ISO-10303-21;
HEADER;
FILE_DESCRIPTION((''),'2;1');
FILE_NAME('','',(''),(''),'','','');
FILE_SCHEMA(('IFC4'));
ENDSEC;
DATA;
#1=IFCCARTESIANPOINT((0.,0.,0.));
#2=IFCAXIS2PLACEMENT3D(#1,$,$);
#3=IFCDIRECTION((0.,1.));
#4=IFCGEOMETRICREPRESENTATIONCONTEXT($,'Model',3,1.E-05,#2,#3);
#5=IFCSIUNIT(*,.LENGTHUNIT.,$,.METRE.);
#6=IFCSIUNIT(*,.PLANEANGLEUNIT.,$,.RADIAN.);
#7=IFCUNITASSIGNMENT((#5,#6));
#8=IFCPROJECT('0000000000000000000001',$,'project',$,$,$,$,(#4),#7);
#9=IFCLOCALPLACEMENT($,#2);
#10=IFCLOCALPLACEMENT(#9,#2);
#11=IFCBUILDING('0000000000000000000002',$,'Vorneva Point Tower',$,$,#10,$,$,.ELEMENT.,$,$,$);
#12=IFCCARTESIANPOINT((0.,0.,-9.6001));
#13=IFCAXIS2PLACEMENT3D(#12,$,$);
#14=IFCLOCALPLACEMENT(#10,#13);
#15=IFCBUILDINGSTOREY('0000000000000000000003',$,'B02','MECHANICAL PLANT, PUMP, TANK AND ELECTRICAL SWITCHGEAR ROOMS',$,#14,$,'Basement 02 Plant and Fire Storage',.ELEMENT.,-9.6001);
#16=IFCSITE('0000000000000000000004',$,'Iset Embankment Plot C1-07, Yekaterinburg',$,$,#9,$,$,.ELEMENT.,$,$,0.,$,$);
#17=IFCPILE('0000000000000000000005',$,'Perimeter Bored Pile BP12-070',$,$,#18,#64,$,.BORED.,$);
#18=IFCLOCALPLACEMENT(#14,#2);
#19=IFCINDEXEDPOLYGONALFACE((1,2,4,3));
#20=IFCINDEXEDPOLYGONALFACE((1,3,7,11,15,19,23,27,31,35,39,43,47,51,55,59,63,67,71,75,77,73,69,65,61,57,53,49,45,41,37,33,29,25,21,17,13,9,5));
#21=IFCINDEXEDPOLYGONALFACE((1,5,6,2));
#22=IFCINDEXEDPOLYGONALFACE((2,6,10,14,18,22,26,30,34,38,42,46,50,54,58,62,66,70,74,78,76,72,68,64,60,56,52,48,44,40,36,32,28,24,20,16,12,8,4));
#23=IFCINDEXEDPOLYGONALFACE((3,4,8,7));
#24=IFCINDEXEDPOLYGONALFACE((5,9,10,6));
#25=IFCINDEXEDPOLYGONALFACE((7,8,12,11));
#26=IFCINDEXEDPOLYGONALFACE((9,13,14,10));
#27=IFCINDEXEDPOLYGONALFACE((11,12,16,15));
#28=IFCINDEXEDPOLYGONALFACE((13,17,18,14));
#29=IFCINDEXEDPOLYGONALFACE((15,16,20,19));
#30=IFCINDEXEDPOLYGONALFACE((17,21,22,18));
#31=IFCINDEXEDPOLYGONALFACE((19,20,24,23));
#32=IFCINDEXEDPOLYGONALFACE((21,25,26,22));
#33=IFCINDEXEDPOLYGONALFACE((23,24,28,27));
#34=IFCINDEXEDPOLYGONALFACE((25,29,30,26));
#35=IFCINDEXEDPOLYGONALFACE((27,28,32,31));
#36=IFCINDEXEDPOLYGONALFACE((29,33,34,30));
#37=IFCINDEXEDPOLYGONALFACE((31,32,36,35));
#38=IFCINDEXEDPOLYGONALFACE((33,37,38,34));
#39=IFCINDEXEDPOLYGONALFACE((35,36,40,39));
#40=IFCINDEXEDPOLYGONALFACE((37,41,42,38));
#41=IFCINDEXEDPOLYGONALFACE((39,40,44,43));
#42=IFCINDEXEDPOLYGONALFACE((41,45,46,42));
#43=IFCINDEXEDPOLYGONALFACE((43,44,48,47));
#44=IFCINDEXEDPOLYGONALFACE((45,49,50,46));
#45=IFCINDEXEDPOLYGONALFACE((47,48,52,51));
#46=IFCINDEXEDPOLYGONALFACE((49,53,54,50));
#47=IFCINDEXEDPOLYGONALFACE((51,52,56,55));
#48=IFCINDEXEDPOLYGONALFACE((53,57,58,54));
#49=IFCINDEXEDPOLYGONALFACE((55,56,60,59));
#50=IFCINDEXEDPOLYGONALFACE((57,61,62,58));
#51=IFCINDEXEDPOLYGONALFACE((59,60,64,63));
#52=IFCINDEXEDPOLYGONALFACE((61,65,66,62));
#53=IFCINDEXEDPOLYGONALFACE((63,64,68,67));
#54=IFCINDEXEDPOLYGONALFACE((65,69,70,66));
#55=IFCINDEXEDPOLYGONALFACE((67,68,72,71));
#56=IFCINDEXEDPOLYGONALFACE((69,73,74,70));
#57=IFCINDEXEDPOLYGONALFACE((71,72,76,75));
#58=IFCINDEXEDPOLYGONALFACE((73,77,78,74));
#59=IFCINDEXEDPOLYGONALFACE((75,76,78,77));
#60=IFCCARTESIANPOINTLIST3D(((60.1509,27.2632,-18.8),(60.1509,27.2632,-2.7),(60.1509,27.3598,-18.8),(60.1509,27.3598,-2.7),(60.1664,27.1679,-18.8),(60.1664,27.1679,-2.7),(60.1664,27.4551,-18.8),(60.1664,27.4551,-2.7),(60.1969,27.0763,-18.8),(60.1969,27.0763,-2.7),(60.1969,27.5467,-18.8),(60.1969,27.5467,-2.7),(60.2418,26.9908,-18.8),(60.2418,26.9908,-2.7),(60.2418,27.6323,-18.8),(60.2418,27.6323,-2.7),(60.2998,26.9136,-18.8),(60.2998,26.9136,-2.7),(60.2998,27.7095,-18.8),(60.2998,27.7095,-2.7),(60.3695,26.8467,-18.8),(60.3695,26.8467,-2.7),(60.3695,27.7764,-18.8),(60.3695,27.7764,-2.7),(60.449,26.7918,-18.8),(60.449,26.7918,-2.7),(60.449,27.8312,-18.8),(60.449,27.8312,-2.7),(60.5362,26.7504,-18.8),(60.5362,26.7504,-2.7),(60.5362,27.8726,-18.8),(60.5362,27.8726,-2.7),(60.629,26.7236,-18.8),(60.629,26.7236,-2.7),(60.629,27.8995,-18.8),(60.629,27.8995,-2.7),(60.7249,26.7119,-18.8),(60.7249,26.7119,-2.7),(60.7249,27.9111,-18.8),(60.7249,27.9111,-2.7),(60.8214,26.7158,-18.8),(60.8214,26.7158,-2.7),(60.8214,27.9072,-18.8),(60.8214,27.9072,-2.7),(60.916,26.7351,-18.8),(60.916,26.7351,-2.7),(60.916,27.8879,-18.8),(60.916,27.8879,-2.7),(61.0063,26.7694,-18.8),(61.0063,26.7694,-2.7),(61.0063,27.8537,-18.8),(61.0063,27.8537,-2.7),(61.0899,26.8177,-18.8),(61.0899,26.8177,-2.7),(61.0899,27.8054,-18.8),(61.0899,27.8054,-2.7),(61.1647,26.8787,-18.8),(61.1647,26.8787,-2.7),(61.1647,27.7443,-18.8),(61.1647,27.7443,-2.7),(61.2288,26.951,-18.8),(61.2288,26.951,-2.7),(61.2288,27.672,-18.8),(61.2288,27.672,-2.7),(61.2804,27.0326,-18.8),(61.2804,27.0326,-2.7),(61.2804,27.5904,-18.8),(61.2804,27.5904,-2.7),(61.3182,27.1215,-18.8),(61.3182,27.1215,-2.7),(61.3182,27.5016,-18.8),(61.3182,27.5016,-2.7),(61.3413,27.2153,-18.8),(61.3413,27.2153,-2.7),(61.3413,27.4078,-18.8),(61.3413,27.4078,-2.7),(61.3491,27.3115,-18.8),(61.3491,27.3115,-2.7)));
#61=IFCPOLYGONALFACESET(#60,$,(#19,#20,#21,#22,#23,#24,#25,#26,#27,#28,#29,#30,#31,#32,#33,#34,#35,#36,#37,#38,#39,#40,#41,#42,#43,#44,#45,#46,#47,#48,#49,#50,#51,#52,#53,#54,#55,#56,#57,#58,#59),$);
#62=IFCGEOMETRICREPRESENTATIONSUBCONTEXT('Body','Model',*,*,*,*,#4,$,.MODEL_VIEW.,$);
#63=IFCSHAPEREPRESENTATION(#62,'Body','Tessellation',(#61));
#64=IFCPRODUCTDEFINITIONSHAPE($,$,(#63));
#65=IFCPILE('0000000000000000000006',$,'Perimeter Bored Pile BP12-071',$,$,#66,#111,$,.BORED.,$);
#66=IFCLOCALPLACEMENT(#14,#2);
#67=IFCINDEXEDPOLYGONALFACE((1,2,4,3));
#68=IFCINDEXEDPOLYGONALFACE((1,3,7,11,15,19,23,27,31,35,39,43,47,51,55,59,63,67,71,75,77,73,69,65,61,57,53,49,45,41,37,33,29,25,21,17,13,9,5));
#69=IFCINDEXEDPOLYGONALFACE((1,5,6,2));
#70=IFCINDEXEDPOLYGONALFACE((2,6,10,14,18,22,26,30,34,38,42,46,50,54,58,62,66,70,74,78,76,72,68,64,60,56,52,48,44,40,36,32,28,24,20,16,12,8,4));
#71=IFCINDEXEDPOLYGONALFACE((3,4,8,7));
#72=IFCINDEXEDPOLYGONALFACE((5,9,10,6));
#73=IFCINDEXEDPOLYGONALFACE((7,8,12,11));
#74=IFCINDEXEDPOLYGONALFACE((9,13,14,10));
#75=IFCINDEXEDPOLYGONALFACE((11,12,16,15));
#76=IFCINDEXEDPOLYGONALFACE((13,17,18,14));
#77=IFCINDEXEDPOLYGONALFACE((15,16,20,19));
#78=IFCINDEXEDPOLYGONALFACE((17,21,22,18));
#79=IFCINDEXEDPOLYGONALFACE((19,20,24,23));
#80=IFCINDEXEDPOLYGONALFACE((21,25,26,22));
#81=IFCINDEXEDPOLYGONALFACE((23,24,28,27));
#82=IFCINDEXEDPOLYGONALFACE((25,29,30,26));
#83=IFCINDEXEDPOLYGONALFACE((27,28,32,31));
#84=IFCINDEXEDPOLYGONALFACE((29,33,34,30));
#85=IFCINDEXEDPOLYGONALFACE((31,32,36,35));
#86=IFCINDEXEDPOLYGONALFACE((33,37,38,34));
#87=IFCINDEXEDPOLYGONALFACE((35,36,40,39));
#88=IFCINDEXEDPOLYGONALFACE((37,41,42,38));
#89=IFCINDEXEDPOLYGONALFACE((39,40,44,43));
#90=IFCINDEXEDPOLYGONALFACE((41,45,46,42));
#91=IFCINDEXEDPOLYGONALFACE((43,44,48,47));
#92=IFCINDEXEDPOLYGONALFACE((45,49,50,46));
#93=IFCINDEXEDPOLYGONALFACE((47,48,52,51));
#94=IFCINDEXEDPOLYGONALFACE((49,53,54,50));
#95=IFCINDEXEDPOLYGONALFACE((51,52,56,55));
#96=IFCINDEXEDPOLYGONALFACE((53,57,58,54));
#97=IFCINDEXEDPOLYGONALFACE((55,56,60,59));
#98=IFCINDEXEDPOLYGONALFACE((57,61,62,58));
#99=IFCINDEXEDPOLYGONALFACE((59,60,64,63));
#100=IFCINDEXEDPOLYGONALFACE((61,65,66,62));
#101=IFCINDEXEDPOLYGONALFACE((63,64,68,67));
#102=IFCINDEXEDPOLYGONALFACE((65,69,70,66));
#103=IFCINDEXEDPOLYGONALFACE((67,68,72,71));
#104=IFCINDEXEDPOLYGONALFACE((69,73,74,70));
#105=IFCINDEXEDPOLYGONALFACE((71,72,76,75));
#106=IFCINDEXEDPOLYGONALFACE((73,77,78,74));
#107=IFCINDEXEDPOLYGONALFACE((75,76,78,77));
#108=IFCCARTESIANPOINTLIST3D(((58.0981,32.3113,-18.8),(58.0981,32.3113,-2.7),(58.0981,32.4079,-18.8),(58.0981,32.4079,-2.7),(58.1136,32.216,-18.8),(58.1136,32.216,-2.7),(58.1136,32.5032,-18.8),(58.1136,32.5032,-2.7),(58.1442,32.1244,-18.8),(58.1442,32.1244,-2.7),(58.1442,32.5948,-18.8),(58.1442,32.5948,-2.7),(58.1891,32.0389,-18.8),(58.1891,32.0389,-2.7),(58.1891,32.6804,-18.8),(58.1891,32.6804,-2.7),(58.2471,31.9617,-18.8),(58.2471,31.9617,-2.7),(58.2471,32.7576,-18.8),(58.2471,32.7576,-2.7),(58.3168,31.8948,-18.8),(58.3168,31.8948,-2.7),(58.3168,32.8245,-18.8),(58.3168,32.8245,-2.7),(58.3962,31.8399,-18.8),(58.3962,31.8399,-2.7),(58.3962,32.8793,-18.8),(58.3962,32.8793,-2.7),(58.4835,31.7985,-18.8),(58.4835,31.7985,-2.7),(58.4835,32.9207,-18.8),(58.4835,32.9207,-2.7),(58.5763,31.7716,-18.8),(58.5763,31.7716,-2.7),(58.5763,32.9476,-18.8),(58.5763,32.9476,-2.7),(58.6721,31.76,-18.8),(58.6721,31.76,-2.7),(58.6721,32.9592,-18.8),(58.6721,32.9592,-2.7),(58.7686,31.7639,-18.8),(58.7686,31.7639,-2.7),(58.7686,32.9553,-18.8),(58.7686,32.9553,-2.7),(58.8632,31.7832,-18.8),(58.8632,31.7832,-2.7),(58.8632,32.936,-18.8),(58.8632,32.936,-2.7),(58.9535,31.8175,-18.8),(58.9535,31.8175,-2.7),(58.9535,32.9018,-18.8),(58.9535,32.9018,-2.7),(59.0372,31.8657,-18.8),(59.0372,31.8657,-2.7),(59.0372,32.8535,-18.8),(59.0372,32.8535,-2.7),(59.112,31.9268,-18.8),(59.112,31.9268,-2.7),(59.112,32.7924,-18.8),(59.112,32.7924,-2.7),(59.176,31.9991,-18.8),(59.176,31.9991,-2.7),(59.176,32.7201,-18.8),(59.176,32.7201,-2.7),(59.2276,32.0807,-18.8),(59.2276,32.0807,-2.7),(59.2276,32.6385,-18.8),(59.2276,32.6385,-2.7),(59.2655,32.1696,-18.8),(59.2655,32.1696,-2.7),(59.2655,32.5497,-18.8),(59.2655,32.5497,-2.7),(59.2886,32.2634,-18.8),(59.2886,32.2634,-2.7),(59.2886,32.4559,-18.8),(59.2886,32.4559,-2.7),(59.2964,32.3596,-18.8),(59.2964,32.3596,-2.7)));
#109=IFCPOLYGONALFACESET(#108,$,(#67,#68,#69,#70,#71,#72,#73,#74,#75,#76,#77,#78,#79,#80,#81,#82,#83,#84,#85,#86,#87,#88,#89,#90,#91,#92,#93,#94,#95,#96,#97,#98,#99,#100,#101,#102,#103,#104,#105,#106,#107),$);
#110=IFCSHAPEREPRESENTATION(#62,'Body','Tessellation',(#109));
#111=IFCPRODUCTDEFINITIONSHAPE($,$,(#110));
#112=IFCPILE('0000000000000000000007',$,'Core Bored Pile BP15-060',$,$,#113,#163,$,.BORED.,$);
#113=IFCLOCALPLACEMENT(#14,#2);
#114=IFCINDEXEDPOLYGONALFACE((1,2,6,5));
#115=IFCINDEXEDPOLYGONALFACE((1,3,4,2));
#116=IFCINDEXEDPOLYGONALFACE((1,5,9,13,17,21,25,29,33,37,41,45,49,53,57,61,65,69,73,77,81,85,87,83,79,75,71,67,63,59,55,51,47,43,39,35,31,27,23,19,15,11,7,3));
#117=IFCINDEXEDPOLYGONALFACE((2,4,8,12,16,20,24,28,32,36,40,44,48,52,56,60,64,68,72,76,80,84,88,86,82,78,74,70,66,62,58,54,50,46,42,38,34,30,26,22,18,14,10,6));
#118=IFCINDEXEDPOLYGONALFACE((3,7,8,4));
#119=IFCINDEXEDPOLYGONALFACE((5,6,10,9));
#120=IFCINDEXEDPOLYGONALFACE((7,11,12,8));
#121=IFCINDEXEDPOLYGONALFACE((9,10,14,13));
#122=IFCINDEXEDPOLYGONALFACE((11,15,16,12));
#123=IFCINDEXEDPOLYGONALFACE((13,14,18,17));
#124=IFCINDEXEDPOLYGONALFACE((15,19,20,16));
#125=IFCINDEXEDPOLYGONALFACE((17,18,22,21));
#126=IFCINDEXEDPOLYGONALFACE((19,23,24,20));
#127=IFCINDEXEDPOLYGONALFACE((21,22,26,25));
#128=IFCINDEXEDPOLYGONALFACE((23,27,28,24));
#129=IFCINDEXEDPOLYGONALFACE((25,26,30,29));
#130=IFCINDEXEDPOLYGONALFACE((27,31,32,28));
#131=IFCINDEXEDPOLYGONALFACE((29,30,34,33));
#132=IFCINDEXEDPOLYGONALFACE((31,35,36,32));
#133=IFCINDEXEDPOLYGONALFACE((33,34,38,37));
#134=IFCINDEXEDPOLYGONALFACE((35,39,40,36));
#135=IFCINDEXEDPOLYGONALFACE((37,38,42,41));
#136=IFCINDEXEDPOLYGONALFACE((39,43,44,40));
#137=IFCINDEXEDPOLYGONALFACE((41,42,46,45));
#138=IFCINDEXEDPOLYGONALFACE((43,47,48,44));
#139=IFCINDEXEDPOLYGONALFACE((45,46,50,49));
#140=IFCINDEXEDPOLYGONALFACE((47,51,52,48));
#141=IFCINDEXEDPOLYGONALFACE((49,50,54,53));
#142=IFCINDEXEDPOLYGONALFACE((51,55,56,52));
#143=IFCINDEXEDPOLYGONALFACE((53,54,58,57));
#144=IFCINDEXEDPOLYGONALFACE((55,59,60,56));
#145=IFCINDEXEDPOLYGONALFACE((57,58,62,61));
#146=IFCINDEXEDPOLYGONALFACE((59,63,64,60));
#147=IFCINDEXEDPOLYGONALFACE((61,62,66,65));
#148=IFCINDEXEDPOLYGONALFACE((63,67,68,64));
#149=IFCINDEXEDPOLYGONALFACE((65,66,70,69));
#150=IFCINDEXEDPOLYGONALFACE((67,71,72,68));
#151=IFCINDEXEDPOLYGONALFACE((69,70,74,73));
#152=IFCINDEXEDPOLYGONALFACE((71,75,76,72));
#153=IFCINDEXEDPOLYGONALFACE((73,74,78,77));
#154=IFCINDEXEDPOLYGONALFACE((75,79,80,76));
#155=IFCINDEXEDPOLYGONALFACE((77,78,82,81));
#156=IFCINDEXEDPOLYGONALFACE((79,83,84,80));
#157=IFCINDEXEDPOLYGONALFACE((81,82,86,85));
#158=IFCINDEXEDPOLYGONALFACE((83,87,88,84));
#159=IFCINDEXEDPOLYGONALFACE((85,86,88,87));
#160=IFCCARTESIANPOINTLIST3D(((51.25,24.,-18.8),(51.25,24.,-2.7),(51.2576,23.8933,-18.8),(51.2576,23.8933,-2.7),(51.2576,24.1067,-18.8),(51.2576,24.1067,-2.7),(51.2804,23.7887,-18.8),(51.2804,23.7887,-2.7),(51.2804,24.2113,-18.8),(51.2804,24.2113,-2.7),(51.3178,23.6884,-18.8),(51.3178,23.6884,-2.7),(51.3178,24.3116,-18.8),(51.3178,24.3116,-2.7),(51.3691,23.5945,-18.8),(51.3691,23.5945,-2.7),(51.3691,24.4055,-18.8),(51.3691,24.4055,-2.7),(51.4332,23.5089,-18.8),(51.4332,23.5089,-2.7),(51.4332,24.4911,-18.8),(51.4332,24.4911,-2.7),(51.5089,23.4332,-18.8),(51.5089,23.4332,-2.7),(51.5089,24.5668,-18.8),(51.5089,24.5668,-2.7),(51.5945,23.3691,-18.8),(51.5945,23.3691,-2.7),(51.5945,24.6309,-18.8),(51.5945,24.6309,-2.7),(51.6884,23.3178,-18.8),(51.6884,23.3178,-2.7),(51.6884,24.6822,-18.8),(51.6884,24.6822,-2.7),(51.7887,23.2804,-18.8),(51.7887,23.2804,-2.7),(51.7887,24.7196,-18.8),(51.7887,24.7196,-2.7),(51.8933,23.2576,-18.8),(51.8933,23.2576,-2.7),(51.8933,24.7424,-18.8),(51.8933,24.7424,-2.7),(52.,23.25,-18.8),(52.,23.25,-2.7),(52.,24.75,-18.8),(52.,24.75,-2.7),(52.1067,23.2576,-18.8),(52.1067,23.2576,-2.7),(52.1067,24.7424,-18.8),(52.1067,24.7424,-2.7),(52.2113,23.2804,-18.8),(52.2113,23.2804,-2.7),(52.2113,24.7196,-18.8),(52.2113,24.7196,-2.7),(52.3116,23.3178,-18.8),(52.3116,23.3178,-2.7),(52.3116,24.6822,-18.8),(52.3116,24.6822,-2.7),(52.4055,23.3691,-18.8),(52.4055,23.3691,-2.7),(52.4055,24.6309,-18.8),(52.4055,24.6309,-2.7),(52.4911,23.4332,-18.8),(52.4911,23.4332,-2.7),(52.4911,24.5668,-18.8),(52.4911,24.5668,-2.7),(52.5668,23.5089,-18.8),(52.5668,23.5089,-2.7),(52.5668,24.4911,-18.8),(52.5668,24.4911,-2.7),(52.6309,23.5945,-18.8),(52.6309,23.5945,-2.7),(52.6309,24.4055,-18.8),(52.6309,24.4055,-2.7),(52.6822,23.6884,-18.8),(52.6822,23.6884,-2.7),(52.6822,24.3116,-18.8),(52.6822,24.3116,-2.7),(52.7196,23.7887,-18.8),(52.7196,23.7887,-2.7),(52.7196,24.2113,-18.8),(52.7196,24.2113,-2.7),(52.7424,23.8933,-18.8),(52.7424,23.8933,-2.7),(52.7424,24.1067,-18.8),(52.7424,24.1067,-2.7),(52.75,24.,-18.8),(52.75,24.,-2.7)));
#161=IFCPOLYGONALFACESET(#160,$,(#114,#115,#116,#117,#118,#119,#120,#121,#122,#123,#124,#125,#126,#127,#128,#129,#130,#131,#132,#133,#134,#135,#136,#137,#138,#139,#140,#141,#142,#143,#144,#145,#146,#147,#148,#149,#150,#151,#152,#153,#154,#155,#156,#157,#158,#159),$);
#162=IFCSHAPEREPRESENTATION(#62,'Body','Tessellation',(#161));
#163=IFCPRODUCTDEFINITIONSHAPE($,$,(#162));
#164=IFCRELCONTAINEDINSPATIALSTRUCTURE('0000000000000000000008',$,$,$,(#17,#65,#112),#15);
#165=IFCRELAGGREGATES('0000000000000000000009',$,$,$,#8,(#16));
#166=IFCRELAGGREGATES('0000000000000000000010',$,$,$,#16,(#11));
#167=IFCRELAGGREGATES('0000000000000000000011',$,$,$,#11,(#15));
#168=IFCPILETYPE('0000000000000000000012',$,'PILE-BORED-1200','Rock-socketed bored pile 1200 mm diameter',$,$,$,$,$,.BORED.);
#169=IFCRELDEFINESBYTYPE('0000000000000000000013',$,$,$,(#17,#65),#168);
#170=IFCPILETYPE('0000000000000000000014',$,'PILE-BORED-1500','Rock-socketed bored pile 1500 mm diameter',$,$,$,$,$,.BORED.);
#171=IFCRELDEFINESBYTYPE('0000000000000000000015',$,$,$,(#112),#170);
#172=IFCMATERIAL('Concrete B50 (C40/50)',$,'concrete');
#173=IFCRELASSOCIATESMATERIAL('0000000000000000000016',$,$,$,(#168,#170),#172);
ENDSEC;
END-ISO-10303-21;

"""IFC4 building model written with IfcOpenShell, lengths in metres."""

from ifc_helpers import new_model, si_unit, direction, frame, origin, origin_2d, place, context, subcontext, project, spatial, circle, extrude, material, material_profile, profile_set, type_object, element, save


model = new_model("IFC4")

# Units and contexts
model_context = context("Model", 3, precision=1e-05, world=origin(), true_north=direction((0.0, 1.0)))
body_context = subcontext(model_context, "Body", "Model", "MODEL_VIEW")
ifc_project = project(units=[si_unit("LENGTHUNIT", "METRE"), si_unit("PLANEANGLEUNIT", "RADIAN")], contexts=[model_context])

# Site, building, storey
site_placement = place(None, origin())
site = spatial("IfcSite", under=ifc_project, at=site_placement, Name="Iset Embankment Plot C1-07, Yekaterinburg", CompositionType="ELEMENT", RefElevation=0.0)
building_placement = place(site_placement, origin())
building = spatial("IfcBuilding", under=site, at=building_placement, Name="Vorneva Point Tower", CompositionType="ELEMENT")
storey_placement = place(building_placement, frame((0.0, 0.0, -9.6001)))
storey = spatial("IfcBuildingStorey", under=building, at=storey_placement, Name="B02", Description="MECHANICAL PLANT, PUMP, TANK AND ELECTRICAL SWITCHGEAR ROOMS", LongName="Basement 02 Plant and Fire Storage", CompositionType="ELEMENT", Elevation=-9.6001)

# Piles
ifc_material_1 = material(Name="Concrete B50 (C40/50)", Category="concrete")
ifc_material_profile_1 = material_profile(ifc_material_1, circle(Radius=0.6001, at=origin_2d()), Name="PILE-1200")
ifc_profile_set_1 = profile_set([ifc_material_profile_1], Name="Concrete B50 (C40/50)")
pile_type_1 = type_object("IfcPileType", Name="PILE-BORED-1200", Description="Rock-socketed bored pile 1200 mm diameter", PredefinedType="BORED", material=ifc_profile_set_1)
for number, where, z_axis, x_axis, name in (
    (1, (60.749, 27.3115, -2.7), (0.0, 0.0, -1.0), (1.0, 0.0, 0.0), "Perimeter Bored Pile BP12-070"),
    (2, (58.6963, 32.3596, -2.7), (0.0, 0.0, -1.0), (1.0, 0.0, 0.0), "Perimeter Bored Pile BP12-071"),
):
    element("IfcPile", number, at=place(storey_placement, frame(where, z_axis=z_axis, x_axis=x_axis)), inside=storey, type_object=pile_type_1, Name=name, PredefinedType="BORED", context=body_context, shape_type="SweptSolid", body=[
        extrude(circle(Radius=0.6001, at=origin_2d()), origin(), (0.0, 0.0, 1.0), 16.1001),
    ])
ifc_material_profile_2 = material_profile(ifc_material_1, circle(Radius=0.75, at=origin_2d()), Name="PILE-1500")
ifc_profile_set_2 = profile_set([ifc_material_profile_2], Name="Concrete B50 (C40/50)")
pile_type_2 = type_object("IfcPileType", Name="PILE-BORED-1500", Description="Rock-socketed bored pile 1500 mm diameter", PredefinedType="BORED", material=ifc_profile_set_2)
for number, where, z_axis, x_axis, name in (
    (3, (52.0, 24.0, -2.7), (0.0, 0.0, -1.0), (1.0, 0.0, 0.0), "Core Bored Pile BP15-060"),
):
    element("IfcPile", number, at=place(storey_placement, frame(where, z_axis=z_axis, x_axis=x_axis)), inside=storey, type_object=pile_type_2, Name=name, PredefinedType="BORED", context=body_context, shape_type="SweptSolid", body=[
        extrude(circle(Radius=0.75, at=origin_2d()), origin(), (0.0, 0.0, 1.0), 16.1001),
    ])

save(model, "model.ifc")
